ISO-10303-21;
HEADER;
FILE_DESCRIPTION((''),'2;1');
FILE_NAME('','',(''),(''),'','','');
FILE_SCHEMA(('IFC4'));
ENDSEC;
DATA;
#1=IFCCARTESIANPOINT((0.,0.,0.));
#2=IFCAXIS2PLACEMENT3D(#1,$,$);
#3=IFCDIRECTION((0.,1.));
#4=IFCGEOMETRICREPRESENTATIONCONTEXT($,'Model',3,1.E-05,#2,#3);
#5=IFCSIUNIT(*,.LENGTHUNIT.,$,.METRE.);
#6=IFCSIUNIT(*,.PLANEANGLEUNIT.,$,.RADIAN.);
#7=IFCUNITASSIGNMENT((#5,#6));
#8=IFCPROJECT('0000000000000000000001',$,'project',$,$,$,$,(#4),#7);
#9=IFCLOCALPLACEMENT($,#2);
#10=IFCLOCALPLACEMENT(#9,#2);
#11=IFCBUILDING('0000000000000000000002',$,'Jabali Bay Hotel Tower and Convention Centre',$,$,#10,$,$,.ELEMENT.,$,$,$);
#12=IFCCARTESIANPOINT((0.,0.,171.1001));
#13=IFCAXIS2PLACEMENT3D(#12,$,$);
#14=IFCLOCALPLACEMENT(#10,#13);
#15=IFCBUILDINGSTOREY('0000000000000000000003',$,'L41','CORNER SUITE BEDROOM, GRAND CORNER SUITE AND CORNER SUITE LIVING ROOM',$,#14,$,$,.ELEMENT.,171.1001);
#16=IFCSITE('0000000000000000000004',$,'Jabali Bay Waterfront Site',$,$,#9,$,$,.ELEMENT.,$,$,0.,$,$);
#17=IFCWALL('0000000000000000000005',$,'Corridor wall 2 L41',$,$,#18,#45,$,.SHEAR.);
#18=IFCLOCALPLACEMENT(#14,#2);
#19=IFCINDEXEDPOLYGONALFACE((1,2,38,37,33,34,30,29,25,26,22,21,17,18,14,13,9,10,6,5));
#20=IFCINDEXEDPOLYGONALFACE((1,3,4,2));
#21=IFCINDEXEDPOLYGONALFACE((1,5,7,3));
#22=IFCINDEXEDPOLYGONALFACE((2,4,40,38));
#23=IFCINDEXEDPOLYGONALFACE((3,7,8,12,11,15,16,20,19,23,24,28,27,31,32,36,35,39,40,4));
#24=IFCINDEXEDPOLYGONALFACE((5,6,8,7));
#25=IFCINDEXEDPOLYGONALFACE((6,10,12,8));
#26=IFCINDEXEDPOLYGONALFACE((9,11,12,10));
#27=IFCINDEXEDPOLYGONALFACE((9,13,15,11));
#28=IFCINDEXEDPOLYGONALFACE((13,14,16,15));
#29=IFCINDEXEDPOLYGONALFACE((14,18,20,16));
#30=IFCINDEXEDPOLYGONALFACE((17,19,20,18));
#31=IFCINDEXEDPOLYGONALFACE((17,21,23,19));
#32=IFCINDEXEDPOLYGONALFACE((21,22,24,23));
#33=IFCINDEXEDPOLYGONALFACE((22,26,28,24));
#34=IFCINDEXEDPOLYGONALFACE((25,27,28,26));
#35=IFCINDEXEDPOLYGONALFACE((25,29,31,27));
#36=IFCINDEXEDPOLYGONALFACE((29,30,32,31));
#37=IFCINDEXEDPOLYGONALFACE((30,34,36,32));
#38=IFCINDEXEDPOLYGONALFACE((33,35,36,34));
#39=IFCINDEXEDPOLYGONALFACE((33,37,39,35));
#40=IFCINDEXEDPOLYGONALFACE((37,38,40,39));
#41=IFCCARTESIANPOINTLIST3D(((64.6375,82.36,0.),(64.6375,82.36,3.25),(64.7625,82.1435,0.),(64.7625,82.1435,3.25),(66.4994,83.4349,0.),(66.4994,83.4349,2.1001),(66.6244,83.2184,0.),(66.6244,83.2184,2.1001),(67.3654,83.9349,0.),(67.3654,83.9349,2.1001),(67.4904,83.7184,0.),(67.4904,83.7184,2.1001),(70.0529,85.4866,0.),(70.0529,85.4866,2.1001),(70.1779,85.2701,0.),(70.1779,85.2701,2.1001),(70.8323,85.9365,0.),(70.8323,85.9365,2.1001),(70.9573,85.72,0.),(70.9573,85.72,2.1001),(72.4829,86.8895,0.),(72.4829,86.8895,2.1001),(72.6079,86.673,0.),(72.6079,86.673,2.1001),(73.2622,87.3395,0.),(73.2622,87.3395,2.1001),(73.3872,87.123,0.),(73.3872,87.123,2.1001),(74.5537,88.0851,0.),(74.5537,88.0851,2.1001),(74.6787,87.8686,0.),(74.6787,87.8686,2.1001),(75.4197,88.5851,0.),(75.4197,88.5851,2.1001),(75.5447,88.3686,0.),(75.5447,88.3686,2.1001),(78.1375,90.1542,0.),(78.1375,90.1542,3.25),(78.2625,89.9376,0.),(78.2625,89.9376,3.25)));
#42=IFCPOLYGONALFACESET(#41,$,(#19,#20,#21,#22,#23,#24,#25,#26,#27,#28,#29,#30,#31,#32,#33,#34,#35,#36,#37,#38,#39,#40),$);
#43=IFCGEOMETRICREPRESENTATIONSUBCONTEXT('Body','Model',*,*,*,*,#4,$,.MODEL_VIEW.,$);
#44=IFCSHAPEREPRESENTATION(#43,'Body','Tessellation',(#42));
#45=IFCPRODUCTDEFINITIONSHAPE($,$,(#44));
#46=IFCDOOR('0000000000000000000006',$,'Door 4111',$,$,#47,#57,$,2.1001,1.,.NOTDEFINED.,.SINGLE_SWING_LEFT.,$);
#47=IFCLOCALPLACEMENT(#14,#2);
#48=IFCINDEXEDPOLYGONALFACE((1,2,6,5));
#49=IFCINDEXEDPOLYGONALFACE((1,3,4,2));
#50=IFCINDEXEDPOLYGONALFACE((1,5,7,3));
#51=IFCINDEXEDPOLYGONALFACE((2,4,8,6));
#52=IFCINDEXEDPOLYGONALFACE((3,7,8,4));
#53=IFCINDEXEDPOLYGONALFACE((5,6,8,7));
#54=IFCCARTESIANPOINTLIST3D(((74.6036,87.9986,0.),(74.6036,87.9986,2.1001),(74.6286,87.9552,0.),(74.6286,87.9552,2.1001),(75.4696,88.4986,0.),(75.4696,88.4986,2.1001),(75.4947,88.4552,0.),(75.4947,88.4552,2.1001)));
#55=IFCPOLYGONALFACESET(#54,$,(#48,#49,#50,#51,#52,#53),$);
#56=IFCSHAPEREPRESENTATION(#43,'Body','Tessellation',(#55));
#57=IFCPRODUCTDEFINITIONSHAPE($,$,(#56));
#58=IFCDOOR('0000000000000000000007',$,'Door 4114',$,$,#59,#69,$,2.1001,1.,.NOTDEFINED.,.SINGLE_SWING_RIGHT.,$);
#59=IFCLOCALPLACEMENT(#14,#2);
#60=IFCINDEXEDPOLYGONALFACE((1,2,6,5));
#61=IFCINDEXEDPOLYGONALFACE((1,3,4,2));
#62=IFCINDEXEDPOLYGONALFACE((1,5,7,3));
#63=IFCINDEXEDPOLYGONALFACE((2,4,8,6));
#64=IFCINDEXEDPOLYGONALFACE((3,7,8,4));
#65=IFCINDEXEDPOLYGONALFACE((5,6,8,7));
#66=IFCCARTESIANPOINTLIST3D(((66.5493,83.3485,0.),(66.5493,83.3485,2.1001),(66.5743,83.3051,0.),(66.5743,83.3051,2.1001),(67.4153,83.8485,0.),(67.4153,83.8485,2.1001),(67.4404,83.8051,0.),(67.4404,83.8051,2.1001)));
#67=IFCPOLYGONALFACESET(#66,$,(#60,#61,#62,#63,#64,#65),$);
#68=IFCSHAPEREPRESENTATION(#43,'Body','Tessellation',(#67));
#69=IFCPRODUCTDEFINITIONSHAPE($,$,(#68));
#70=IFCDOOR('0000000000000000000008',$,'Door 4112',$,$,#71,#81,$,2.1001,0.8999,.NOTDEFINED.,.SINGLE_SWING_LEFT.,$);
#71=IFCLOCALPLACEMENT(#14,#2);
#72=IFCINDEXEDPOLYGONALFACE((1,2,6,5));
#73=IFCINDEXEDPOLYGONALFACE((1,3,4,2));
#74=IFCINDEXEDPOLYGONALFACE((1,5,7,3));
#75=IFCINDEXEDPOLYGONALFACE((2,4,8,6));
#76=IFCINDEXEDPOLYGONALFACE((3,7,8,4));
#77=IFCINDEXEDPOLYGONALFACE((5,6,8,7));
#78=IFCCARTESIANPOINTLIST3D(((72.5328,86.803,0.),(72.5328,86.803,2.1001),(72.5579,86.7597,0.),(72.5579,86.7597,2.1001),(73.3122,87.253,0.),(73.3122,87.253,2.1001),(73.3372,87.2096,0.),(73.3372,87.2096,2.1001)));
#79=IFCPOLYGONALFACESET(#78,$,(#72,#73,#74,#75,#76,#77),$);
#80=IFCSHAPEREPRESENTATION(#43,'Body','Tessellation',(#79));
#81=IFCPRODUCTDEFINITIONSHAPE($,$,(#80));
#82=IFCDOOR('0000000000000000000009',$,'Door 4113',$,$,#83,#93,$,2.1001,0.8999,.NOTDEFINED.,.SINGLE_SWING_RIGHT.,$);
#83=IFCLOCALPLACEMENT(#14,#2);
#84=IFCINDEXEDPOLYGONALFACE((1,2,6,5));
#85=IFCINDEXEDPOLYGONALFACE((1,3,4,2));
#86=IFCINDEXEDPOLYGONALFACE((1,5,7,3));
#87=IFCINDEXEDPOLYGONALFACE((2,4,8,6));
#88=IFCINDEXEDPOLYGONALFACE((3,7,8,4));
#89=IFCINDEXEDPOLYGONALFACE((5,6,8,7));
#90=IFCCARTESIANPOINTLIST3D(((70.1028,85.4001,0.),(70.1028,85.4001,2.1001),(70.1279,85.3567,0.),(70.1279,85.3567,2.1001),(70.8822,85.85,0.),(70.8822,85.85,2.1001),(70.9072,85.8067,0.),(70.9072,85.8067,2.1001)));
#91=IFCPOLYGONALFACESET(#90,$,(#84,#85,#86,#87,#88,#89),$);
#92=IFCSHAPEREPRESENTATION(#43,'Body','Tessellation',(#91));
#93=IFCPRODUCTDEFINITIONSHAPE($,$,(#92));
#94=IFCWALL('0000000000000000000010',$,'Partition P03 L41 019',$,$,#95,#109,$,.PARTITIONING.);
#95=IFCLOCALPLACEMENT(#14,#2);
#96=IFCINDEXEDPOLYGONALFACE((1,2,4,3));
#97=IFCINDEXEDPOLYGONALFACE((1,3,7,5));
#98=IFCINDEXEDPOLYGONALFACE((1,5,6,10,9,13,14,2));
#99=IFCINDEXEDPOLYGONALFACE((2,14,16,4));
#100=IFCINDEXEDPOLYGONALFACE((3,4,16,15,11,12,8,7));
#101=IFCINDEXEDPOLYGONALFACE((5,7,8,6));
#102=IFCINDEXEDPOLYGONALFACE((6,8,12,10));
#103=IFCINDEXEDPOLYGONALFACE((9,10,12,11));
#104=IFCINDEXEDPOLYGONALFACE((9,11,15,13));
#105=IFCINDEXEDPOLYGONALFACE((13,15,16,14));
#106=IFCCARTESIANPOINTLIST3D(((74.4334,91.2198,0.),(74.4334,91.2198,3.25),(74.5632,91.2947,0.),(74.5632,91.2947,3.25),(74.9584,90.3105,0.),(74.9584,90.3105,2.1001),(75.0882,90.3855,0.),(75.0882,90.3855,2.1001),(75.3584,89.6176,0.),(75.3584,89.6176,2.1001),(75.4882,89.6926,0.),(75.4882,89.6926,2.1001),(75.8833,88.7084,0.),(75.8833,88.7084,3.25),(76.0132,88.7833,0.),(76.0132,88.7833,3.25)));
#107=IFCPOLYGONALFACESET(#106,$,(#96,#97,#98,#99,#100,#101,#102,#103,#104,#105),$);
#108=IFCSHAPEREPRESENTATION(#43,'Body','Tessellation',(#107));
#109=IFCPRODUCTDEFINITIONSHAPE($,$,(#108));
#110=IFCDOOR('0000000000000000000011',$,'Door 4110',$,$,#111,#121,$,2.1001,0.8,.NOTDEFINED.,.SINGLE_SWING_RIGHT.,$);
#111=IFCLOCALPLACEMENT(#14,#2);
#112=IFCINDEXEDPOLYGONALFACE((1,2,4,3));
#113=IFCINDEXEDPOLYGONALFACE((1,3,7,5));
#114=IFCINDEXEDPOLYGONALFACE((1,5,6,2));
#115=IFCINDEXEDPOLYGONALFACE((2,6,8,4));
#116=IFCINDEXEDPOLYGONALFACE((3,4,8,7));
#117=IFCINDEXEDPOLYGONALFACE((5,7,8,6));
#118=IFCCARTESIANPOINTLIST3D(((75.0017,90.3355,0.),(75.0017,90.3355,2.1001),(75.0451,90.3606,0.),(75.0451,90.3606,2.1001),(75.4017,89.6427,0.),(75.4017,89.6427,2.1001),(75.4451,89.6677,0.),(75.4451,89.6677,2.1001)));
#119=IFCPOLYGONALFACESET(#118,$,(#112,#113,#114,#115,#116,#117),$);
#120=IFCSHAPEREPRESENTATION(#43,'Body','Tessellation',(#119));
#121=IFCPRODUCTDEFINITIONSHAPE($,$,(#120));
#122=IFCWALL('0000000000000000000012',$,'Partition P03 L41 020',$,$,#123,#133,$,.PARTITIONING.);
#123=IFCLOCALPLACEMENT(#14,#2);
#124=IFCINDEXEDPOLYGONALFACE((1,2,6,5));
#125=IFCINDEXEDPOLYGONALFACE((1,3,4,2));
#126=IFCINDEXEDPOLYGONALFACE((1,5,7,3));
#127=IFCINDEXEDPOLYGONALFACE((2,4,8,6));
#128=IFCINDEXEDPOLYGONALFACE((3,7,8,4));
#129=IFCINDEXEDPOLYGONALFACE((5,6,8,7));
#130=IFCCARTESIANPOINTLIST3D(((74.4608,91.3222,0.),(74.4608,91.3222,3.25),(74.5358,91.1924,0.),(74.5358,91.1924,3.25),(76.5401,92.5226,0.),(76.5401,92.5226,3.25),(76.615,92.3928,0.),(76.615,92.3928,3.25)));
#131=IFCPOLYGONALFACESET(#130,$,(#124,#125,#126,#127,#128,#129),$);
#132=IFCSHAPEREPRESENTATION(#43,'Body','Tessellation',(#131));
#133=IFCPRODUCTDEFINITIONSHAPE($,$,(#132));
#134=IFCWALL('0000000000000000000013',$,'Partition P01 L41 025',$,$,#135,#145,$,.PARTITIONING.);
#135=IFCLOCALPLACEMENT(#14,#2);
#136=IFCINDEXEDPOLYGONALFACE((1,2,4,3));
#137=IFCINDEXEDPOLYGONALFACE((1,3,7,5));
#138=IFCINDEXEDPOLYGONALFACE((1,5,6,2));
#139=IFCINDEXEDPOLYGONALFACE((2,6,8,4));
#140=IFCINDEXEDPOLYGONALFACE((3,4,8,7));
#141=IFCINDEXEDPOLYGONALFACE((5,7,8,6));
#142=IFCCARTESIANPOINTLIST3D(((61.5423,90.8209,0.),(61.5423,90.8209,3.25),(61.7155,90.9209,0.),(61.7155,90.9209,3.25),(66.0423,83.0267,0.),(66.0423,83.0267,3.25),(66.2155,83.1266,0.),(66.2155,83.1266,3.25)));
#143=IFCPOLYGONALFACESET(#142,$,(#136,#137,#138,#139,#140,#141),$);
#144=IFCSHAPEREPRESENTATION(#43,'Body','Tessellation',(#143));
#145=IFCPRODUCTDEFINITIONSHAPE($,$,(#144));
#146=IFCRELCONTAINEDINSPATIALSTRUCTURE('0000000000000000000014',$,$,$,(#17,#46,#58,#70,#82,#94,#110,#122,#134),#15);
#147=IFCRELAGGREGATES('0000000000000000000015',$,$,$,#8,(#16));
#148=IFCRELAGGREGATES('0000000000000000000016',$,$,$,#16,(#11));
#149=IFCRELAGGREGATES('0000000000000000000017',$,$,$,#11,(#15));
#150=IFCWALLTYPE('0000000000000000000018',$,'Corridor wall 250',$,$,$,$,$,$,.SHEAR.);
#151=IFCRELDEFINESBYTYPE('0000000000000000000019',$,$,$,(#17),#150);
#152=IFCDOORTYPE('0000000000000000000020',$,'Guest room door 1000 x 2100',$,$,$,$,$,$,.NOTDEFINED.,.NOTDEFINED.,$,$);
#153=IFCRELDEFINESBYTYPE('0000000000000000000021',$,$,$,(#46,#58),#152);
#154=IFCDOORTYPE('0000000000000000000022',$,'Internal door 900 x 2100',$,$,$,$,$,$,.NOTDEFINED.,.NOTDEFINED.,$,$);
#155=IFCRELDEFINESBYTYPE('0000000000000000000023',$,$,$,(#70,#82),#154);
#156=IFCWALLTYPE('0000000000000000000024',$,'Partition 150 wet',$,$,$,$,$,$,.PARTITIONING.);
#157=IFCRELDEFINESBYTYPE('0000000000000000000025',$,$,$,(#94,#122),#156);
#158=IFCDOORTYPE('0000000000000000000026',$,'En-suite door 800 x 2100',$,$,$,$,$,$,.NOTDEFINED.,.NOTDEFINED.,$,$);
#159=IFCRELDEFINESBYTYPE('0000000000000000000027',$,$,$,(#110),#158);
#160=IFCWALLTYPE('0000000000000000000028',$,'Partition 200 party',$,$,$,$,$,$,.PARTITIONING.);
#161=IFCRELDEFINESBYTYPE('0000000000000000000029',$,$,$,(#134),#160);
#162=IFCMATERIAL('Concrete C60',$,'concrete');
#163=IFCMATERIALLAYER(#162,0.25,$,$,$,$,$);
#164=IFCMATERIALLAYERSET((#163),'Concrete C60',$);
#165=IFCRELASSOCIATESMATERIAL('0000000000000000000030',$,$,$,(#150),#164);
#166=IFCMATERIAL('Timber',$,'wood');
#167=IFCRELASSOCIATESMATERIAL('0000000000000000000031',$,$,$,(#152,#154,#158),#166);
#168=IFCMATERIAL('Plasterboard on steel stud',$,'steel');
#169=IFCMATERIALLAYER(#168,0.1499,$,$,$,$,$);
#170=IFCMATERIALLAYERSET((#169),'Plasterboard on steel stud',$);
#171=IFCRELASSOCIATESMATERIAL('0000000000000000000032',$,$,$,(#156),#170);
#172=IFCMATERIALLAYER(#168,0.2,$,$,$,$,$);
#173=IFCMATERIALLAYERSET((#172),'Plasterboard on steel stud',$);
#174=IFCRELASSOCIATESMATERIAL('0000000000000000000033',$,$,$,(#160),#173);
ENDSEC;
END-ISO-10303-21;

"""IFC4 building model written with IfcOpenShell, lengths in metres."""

from ifc_helpers import new_model, si_unit, direction, frame, frame_2d, origin, place, context, subcontext, project, spatial, rectangle, extrude, material, layer, layer_set, type_object, element, fill, save


model = new_model("IFC4")

# Units and contexts
model_context = context("Model", 3, precision=1e-05, world=origin(), true_north=direction((0.0, 1.0)))
body_context = subcontext(model_context, "Body", "Model", "MODEL_VIEW")
ifc_project = project(units=[si_unit("LENGTHUNIT", "METRE"), si_unit("PLANEANGLEUNIT", "RADIAN")], contexts=[model_context])

# Site, building, storey
site_placement = place(None, origin())
site = spatial("IfcSite", under=ifc_project, at=site_placement, Name="Jabali Bay Waterfront Site", CompositionType="ELEMENT", RefElevation=0.0)
building_placement = place(site_placement, origin())
building = spatial("IfcBuilding", under=site, at=building_placement, Name="Jabali Bay Hotel Tower and Convention Centre", CompositionType="ELEMENT")
storey_placement = place(building_placement, frame((0.0, 0.0, 171.1001)))
storey = spatial("IfcBuildingStorey", under=building, at=storey_placement, Name="L41", Description="CORNER SUITE BEDROOM, GRAND CORNER SUITE AND CORNER SUITE LIVING ROOM", CompositionType="ELEMENT", Elevation=171.1001)

# Shared definitions
ifc_material_1 = material(Name="Concrete C60", Category="concrete")

# Wall, openings, doors
ifc_layer_1 = layer(ifc_material_1, 0.25)
ifc_layer_set_1 = layer_set([ifc_layer_1], Name="Concrete C60")
wall_type_1 = type_object("IfcWallType", Name="Corridor wall 250", PredefinedType="SHEAR", material=ifc_layer_set_1)
wall_1_placement = place(storey_placement, frame((78.2, 90.0459, 0.0), z_axis=(0.0, 0.0, 1.0), x_axis=(-0.866026, -0.499998, 0.0)))
wall_1 = element("IfcWall", 1, at=wall_1_placement, inside=storey, type_object=wall_type_1, Name="Corridor wall 2 L41", PredefinedType="SHEAR", context=body_context, shape_type="SweptSolid", body=[
    extrude(rectangle(XDim=15.5884, YDim=0.25, at=frame_2d((7.7942, 0.0))), origin(), (0.0, 0.0, 1.0), 3.25),
])
opening_1_placement = place(wall_1_placement, frame((3.1382, 0.0, 0.0)))
opening_1 = element("IfcOpeningElement", 2, at=opening_1_placement, cuts=wall_1, PredefinedType="OPENING", context=body_context, shape_type="SweptSolid", body=[
    extrude(rectangle(XDim=1.0, YDim=2.1001, at=frame_2d((0.5, 1.05))), frame((0.0, 0.1355, 0.0), z_axis=(0.0, -1.0, 0.0), x_axis=(1.0, 0.0, 0.0)), (0.0, 0.0, 1.0), 0.271),
])
opening_2_placement = place(wall_1_placement, frame((5.6294, 0.0, 0.0)))
opening_2 = element("IfcOpeningElement", 3, at=opening_2_placement, cuts=wall_1, PredefinedType="OPENING", context=body_context, shape_type="SweptSolid", body=[
    extrude(rectangle(XDim=0.8999, YDim=2.1001, at=frame_2d((0.45, 1.05))), frame((0.0, 0.1355, 0.0), z_axis=(0.0, -1.0, 0.0), x_axis=(1.0, 0.0, 0.0)), (0.0, 0.0, 1.0), 0.271),
])
opening_3_placement = place(wall_1_placement, frame((8.4353, 0.0, 0.0)))
opening_3 = element("IfcOpeningElement", 4, at=opening_3_placement, cuts=wall_1, PredefinedType="OPENING", context=body_context, shape_type="SweptSolid", body=[
    extrude(rectangle(XDim=0.8999, YDim=2.1001, at=frame_2d((0.45, 1.05))), frame((0.0, 0.1355, 0.0), z_axis=(0.0, -1.0, 0.0), x_axis=(1.0, 0.0, 0.0)), (0.0, 0.0, 1.0), 0.271),
])
opening_4_placement = place(wall_1_placement, frame((12.4385, 0.0, 0.0)))
opening_4 = element("IfcOpeningElement", 5, at=opening_4_placement, cuts=wall_1, PredefinedType="OPENING", context=body_context, shape_type="SweptSolid", body=[
    extrude(rectangle(XDim=1.0, YDim=2.1001, at=frame_2d((0.5, 1.05))), frame((0.0, 0.1355, 0.0), z_axis=(0.0, -1.0, 0.0), x_axis=(1.0, 0.0, 0.0)), (0.0, 0.0, 1.0), 0.271),
])
ifc_material_2 = material(Name="Timber", Category="wood")
door_type_1 = type_object("IfcDoorType", Name="Guest room door 1000 x 2100", OperationType="NOTDEFINED", PredefinedType="NOTDEFINED", material=ifc_material_2)
door_1_placement = place(opening_1_placement, origin())
door_1 = element("IfcDoor", 6, at=door_1_placement, inside=storey, type_object=door_type_1, Name="Door 4111", OperationType="SINGLE_SWING_LEFT", OverallHeight=2.1001, OverallWidth=1.0, PredefinedType="NOTDEFINED", context=body_context, shape_type="SweptSolid", body=[
    extrude(rectangle(XDim=1.0, YDim=2.1001, at=frame_2d((0.5, 1.05))), frame((0.0, 0.0249, 0.0), z_axis=(0.0, -1.0, 0.0), x_axis=(1.0, 0.0, 0.0)), (0.0, 0.0, 1.0), 0.05),
])
fill(opening_1, door_1)
door_2_placement = place(opening_4_placement, origin())
door_2 = element("IfcDoor", 7, at=door_2_placement, inside=storey, type_object=door_type_1, Name="Door 4114", OperationType="SINGLE_SWING_RIGHT", OverallHeight=2.1001, OverallWidth=1.0, PredefinedType="NOTDEFINED", context=body_context, shape_type="SweptSolid", body=[
    extrude(rectangle(XDim=1.0, YDim=2.1001, at=frame_2d((0.5, 1.05))), frame((0.0, 0.0249, 0.0), z_axis=(0.0, -1.0, 0.0), x_axis=(1.0, 0.0, 0.0)), (0.0, 0.0, 1.0), 0.05),
])
fill(opening_4, door_2)
door_type_2 = type_object("IfcDoorType", Name="Internal door 900 x 2100", OperationType="NOTDEFINED", PredefinedType="NOTDEFINED", material=ifc_material_2)
door_3_placement = place(opening_2_placement, origin())
door_3 = element("IfcDoor", 8, at=door_3_placement, inside=storey, type_object=door_type_2, Name="Door 4112", OperationType="SINGLE_SWING_LEFT", OverallHeight=2.1001, OverallWidth=0.8999, PredefinedType="NOTDEFINED", context=body_context, shape_type="SweptSolid", body=[
    extrude(rectangle(XDim=0.8999, YDim=2.1001, at=frame_2d((0.45, 1.05))), frame((0.0, 0.0249, 0.0), z_axis=(0.0, -1.0, 0.0), x_axis=(1.0, 0.0, 0.0)), (0.0, 0.0, 1.0), 0.05),
])
fill(opening_2, door_3)
door_4_placement = place(opening_3_placement, origin())
door_4 = element("IfcDoor", 9, at=door_4_placement, inside=storey, type_object=door_type_2, Name="Door 4113", OperationType="SINGLE_SWING_RIGHT", OverallHeight=2.1001, OverallWidth=0.8999, PredefinedType="NOTDEFINED", context=body_context, shape_type="SweptSolid", body=[
    extrude(rectangle(XDim=0.8999, YDim=2.1001, at=frame_2d((0.45, 1.05))), frame((0.0, 0.0249, 0.0), z_axis=(0.0, -1.0, 0.0), x_axis=(1.0, 0.0, 0.0)), (0.0, 0.0, 1.0), 0.05),
])
fill(opening_3, door_4)

# Wall, opening, door
ifc_material_3 = material(Name="Plasterboard on steel stud", Category="steel")
ifc_layer_2 = layer(ifc_material_3, 0.1499)
ifc_layer_set_2 = layer_set([ifc_layer_2], Name="Plasterboard on steel stud")
wall_type_2 = type_object("IfcWallType", Name="Partition 150 wet", PredefinedType="PARTITIONING", material=ifc_layer_set_2)
wall_2_placement = place(storey_placement, frame((75.9482, 88.7458, 0.0), z_axis=(0.0, 0.0, 1.0), x_axis=(-0.499987, 0.866033, 0.0)))
wall_2 = element("IfcWall", 10, at=wall_2_placement, inside=storey, type_object=wall_type_2, Name="Partition P03 L41 019", PredefinedType="PARTITIONING", context=body_context, shape_type="SweptSolid", body=[
    extrude(rectangle(XDim=2.8999, YDim=0.1499, at=frame_2d((1.45, 0.0))), origin(), (0.0, 0.0, 1.0), 3.25),
])
opening_5_placement = place(wall_2_placement, frame((1.05, 0.0, 0.0)))
opening_5 = element("IfcOpeningElement", 11, at=opening_5_placement, cuts=wall_2, PredefinedType="OPENING", context=body_context, shape_type="SweptSolid", body=[
    extrude(rectangle(XDim=0.8, YDim=2.1001, at=frame_2d((0.3999, 1.05))), frame((0.0, 0.0854, 0.0), z_axis=(0.0, -1.0, 0.0), x_axis=(1.0, 0.0, 0.0)), (0.0, 0.0, 1.0), 0.1709),
])
door_type_3 = type_object("IfcDoorType", Name="En-suite door 800 x 2100", OperationType="NOTDEFINED", PredefinedType="NOTDEFINED", material=ifc_material_2)
door_5_placement = place(opening_5_placement, origin())
door_5 = element("IfcDoor", 12, at=door_5_placement, inside=storey, type_object=door_type_3, Name="Door 4110", OperationType="SINGLE_SWING_RIGHT", OverallHeight=2.1001, OverallWidth=0.8, PredefinedType="NOTDEFINED", context=body_context, shape_type="SweptSolid", body=[
    extrude(rectangle(XDim=0.8, YDim=2.1001, at=frame_2d((0.3999, 1.05))), frame((0.0, 0.0249, 0.0), z_axis=(0.0, -1.0, 0.0), x_axis=(1.0, 0.0, 0.0)), (0.0, 0.0, 1.0), 0.05),
])
fill(opening_5, door_5)

# Walls
wall_3_placement = place(storey_placement, frame((74.4983, 91.2573, 0.0), z_axis=(0.0, 0.0, 1.0), x_axis=(0.866038, 0.499978, 0.0)))
element("IfcWall", 13, at=wall_3_placement, inside=storey, type_object=wall_type_2, Name="Partition P03 L41 020", PredefinedType="PARTITIONING", context=body_context, shape_type="SweptSolid", body=[
    extrude(rectangle(XDim=2.4009, YDim=0.1499, at=frame_2d((1.2004, 0.0))), origin(), (0.0, 0.0, 1.0), 3.25),
])
ifc_layer_3 = layer(ifc_material_3, 0.2)
ifc_layer_set_3 = layer_set([ifc_layer_3], Name="Plasterboard on steel stud")
wall_type_3 = type_object("IfcWallType", Name="Partition 200 party", PredefinedType="PARTITIONING", material=ifc_layer_set_3)
wall_4_placement = place(storey_placement, frame((66.1289, 83.0767, 0.0), z_axis=(0.0, 0.0, 1.0), x_axis=(-0.500002, 0.866024, 0.0)))
element("IfcWall", 14, at=wall_4_placement, inside=storey, type_object=wall_type_3, Name="Partition P01 L41 025", PredefinedType="PARTITIONING", context=body_context, shape_type="SweptSolid", body=[
    extrude(rectangle(XDim=9.0, YDim=0.2, at=frame_2d((4.5, 0.0))), origin(), (0.0, 0.0, 1.0), 3.25),
])

save(model, "model.ifc")
